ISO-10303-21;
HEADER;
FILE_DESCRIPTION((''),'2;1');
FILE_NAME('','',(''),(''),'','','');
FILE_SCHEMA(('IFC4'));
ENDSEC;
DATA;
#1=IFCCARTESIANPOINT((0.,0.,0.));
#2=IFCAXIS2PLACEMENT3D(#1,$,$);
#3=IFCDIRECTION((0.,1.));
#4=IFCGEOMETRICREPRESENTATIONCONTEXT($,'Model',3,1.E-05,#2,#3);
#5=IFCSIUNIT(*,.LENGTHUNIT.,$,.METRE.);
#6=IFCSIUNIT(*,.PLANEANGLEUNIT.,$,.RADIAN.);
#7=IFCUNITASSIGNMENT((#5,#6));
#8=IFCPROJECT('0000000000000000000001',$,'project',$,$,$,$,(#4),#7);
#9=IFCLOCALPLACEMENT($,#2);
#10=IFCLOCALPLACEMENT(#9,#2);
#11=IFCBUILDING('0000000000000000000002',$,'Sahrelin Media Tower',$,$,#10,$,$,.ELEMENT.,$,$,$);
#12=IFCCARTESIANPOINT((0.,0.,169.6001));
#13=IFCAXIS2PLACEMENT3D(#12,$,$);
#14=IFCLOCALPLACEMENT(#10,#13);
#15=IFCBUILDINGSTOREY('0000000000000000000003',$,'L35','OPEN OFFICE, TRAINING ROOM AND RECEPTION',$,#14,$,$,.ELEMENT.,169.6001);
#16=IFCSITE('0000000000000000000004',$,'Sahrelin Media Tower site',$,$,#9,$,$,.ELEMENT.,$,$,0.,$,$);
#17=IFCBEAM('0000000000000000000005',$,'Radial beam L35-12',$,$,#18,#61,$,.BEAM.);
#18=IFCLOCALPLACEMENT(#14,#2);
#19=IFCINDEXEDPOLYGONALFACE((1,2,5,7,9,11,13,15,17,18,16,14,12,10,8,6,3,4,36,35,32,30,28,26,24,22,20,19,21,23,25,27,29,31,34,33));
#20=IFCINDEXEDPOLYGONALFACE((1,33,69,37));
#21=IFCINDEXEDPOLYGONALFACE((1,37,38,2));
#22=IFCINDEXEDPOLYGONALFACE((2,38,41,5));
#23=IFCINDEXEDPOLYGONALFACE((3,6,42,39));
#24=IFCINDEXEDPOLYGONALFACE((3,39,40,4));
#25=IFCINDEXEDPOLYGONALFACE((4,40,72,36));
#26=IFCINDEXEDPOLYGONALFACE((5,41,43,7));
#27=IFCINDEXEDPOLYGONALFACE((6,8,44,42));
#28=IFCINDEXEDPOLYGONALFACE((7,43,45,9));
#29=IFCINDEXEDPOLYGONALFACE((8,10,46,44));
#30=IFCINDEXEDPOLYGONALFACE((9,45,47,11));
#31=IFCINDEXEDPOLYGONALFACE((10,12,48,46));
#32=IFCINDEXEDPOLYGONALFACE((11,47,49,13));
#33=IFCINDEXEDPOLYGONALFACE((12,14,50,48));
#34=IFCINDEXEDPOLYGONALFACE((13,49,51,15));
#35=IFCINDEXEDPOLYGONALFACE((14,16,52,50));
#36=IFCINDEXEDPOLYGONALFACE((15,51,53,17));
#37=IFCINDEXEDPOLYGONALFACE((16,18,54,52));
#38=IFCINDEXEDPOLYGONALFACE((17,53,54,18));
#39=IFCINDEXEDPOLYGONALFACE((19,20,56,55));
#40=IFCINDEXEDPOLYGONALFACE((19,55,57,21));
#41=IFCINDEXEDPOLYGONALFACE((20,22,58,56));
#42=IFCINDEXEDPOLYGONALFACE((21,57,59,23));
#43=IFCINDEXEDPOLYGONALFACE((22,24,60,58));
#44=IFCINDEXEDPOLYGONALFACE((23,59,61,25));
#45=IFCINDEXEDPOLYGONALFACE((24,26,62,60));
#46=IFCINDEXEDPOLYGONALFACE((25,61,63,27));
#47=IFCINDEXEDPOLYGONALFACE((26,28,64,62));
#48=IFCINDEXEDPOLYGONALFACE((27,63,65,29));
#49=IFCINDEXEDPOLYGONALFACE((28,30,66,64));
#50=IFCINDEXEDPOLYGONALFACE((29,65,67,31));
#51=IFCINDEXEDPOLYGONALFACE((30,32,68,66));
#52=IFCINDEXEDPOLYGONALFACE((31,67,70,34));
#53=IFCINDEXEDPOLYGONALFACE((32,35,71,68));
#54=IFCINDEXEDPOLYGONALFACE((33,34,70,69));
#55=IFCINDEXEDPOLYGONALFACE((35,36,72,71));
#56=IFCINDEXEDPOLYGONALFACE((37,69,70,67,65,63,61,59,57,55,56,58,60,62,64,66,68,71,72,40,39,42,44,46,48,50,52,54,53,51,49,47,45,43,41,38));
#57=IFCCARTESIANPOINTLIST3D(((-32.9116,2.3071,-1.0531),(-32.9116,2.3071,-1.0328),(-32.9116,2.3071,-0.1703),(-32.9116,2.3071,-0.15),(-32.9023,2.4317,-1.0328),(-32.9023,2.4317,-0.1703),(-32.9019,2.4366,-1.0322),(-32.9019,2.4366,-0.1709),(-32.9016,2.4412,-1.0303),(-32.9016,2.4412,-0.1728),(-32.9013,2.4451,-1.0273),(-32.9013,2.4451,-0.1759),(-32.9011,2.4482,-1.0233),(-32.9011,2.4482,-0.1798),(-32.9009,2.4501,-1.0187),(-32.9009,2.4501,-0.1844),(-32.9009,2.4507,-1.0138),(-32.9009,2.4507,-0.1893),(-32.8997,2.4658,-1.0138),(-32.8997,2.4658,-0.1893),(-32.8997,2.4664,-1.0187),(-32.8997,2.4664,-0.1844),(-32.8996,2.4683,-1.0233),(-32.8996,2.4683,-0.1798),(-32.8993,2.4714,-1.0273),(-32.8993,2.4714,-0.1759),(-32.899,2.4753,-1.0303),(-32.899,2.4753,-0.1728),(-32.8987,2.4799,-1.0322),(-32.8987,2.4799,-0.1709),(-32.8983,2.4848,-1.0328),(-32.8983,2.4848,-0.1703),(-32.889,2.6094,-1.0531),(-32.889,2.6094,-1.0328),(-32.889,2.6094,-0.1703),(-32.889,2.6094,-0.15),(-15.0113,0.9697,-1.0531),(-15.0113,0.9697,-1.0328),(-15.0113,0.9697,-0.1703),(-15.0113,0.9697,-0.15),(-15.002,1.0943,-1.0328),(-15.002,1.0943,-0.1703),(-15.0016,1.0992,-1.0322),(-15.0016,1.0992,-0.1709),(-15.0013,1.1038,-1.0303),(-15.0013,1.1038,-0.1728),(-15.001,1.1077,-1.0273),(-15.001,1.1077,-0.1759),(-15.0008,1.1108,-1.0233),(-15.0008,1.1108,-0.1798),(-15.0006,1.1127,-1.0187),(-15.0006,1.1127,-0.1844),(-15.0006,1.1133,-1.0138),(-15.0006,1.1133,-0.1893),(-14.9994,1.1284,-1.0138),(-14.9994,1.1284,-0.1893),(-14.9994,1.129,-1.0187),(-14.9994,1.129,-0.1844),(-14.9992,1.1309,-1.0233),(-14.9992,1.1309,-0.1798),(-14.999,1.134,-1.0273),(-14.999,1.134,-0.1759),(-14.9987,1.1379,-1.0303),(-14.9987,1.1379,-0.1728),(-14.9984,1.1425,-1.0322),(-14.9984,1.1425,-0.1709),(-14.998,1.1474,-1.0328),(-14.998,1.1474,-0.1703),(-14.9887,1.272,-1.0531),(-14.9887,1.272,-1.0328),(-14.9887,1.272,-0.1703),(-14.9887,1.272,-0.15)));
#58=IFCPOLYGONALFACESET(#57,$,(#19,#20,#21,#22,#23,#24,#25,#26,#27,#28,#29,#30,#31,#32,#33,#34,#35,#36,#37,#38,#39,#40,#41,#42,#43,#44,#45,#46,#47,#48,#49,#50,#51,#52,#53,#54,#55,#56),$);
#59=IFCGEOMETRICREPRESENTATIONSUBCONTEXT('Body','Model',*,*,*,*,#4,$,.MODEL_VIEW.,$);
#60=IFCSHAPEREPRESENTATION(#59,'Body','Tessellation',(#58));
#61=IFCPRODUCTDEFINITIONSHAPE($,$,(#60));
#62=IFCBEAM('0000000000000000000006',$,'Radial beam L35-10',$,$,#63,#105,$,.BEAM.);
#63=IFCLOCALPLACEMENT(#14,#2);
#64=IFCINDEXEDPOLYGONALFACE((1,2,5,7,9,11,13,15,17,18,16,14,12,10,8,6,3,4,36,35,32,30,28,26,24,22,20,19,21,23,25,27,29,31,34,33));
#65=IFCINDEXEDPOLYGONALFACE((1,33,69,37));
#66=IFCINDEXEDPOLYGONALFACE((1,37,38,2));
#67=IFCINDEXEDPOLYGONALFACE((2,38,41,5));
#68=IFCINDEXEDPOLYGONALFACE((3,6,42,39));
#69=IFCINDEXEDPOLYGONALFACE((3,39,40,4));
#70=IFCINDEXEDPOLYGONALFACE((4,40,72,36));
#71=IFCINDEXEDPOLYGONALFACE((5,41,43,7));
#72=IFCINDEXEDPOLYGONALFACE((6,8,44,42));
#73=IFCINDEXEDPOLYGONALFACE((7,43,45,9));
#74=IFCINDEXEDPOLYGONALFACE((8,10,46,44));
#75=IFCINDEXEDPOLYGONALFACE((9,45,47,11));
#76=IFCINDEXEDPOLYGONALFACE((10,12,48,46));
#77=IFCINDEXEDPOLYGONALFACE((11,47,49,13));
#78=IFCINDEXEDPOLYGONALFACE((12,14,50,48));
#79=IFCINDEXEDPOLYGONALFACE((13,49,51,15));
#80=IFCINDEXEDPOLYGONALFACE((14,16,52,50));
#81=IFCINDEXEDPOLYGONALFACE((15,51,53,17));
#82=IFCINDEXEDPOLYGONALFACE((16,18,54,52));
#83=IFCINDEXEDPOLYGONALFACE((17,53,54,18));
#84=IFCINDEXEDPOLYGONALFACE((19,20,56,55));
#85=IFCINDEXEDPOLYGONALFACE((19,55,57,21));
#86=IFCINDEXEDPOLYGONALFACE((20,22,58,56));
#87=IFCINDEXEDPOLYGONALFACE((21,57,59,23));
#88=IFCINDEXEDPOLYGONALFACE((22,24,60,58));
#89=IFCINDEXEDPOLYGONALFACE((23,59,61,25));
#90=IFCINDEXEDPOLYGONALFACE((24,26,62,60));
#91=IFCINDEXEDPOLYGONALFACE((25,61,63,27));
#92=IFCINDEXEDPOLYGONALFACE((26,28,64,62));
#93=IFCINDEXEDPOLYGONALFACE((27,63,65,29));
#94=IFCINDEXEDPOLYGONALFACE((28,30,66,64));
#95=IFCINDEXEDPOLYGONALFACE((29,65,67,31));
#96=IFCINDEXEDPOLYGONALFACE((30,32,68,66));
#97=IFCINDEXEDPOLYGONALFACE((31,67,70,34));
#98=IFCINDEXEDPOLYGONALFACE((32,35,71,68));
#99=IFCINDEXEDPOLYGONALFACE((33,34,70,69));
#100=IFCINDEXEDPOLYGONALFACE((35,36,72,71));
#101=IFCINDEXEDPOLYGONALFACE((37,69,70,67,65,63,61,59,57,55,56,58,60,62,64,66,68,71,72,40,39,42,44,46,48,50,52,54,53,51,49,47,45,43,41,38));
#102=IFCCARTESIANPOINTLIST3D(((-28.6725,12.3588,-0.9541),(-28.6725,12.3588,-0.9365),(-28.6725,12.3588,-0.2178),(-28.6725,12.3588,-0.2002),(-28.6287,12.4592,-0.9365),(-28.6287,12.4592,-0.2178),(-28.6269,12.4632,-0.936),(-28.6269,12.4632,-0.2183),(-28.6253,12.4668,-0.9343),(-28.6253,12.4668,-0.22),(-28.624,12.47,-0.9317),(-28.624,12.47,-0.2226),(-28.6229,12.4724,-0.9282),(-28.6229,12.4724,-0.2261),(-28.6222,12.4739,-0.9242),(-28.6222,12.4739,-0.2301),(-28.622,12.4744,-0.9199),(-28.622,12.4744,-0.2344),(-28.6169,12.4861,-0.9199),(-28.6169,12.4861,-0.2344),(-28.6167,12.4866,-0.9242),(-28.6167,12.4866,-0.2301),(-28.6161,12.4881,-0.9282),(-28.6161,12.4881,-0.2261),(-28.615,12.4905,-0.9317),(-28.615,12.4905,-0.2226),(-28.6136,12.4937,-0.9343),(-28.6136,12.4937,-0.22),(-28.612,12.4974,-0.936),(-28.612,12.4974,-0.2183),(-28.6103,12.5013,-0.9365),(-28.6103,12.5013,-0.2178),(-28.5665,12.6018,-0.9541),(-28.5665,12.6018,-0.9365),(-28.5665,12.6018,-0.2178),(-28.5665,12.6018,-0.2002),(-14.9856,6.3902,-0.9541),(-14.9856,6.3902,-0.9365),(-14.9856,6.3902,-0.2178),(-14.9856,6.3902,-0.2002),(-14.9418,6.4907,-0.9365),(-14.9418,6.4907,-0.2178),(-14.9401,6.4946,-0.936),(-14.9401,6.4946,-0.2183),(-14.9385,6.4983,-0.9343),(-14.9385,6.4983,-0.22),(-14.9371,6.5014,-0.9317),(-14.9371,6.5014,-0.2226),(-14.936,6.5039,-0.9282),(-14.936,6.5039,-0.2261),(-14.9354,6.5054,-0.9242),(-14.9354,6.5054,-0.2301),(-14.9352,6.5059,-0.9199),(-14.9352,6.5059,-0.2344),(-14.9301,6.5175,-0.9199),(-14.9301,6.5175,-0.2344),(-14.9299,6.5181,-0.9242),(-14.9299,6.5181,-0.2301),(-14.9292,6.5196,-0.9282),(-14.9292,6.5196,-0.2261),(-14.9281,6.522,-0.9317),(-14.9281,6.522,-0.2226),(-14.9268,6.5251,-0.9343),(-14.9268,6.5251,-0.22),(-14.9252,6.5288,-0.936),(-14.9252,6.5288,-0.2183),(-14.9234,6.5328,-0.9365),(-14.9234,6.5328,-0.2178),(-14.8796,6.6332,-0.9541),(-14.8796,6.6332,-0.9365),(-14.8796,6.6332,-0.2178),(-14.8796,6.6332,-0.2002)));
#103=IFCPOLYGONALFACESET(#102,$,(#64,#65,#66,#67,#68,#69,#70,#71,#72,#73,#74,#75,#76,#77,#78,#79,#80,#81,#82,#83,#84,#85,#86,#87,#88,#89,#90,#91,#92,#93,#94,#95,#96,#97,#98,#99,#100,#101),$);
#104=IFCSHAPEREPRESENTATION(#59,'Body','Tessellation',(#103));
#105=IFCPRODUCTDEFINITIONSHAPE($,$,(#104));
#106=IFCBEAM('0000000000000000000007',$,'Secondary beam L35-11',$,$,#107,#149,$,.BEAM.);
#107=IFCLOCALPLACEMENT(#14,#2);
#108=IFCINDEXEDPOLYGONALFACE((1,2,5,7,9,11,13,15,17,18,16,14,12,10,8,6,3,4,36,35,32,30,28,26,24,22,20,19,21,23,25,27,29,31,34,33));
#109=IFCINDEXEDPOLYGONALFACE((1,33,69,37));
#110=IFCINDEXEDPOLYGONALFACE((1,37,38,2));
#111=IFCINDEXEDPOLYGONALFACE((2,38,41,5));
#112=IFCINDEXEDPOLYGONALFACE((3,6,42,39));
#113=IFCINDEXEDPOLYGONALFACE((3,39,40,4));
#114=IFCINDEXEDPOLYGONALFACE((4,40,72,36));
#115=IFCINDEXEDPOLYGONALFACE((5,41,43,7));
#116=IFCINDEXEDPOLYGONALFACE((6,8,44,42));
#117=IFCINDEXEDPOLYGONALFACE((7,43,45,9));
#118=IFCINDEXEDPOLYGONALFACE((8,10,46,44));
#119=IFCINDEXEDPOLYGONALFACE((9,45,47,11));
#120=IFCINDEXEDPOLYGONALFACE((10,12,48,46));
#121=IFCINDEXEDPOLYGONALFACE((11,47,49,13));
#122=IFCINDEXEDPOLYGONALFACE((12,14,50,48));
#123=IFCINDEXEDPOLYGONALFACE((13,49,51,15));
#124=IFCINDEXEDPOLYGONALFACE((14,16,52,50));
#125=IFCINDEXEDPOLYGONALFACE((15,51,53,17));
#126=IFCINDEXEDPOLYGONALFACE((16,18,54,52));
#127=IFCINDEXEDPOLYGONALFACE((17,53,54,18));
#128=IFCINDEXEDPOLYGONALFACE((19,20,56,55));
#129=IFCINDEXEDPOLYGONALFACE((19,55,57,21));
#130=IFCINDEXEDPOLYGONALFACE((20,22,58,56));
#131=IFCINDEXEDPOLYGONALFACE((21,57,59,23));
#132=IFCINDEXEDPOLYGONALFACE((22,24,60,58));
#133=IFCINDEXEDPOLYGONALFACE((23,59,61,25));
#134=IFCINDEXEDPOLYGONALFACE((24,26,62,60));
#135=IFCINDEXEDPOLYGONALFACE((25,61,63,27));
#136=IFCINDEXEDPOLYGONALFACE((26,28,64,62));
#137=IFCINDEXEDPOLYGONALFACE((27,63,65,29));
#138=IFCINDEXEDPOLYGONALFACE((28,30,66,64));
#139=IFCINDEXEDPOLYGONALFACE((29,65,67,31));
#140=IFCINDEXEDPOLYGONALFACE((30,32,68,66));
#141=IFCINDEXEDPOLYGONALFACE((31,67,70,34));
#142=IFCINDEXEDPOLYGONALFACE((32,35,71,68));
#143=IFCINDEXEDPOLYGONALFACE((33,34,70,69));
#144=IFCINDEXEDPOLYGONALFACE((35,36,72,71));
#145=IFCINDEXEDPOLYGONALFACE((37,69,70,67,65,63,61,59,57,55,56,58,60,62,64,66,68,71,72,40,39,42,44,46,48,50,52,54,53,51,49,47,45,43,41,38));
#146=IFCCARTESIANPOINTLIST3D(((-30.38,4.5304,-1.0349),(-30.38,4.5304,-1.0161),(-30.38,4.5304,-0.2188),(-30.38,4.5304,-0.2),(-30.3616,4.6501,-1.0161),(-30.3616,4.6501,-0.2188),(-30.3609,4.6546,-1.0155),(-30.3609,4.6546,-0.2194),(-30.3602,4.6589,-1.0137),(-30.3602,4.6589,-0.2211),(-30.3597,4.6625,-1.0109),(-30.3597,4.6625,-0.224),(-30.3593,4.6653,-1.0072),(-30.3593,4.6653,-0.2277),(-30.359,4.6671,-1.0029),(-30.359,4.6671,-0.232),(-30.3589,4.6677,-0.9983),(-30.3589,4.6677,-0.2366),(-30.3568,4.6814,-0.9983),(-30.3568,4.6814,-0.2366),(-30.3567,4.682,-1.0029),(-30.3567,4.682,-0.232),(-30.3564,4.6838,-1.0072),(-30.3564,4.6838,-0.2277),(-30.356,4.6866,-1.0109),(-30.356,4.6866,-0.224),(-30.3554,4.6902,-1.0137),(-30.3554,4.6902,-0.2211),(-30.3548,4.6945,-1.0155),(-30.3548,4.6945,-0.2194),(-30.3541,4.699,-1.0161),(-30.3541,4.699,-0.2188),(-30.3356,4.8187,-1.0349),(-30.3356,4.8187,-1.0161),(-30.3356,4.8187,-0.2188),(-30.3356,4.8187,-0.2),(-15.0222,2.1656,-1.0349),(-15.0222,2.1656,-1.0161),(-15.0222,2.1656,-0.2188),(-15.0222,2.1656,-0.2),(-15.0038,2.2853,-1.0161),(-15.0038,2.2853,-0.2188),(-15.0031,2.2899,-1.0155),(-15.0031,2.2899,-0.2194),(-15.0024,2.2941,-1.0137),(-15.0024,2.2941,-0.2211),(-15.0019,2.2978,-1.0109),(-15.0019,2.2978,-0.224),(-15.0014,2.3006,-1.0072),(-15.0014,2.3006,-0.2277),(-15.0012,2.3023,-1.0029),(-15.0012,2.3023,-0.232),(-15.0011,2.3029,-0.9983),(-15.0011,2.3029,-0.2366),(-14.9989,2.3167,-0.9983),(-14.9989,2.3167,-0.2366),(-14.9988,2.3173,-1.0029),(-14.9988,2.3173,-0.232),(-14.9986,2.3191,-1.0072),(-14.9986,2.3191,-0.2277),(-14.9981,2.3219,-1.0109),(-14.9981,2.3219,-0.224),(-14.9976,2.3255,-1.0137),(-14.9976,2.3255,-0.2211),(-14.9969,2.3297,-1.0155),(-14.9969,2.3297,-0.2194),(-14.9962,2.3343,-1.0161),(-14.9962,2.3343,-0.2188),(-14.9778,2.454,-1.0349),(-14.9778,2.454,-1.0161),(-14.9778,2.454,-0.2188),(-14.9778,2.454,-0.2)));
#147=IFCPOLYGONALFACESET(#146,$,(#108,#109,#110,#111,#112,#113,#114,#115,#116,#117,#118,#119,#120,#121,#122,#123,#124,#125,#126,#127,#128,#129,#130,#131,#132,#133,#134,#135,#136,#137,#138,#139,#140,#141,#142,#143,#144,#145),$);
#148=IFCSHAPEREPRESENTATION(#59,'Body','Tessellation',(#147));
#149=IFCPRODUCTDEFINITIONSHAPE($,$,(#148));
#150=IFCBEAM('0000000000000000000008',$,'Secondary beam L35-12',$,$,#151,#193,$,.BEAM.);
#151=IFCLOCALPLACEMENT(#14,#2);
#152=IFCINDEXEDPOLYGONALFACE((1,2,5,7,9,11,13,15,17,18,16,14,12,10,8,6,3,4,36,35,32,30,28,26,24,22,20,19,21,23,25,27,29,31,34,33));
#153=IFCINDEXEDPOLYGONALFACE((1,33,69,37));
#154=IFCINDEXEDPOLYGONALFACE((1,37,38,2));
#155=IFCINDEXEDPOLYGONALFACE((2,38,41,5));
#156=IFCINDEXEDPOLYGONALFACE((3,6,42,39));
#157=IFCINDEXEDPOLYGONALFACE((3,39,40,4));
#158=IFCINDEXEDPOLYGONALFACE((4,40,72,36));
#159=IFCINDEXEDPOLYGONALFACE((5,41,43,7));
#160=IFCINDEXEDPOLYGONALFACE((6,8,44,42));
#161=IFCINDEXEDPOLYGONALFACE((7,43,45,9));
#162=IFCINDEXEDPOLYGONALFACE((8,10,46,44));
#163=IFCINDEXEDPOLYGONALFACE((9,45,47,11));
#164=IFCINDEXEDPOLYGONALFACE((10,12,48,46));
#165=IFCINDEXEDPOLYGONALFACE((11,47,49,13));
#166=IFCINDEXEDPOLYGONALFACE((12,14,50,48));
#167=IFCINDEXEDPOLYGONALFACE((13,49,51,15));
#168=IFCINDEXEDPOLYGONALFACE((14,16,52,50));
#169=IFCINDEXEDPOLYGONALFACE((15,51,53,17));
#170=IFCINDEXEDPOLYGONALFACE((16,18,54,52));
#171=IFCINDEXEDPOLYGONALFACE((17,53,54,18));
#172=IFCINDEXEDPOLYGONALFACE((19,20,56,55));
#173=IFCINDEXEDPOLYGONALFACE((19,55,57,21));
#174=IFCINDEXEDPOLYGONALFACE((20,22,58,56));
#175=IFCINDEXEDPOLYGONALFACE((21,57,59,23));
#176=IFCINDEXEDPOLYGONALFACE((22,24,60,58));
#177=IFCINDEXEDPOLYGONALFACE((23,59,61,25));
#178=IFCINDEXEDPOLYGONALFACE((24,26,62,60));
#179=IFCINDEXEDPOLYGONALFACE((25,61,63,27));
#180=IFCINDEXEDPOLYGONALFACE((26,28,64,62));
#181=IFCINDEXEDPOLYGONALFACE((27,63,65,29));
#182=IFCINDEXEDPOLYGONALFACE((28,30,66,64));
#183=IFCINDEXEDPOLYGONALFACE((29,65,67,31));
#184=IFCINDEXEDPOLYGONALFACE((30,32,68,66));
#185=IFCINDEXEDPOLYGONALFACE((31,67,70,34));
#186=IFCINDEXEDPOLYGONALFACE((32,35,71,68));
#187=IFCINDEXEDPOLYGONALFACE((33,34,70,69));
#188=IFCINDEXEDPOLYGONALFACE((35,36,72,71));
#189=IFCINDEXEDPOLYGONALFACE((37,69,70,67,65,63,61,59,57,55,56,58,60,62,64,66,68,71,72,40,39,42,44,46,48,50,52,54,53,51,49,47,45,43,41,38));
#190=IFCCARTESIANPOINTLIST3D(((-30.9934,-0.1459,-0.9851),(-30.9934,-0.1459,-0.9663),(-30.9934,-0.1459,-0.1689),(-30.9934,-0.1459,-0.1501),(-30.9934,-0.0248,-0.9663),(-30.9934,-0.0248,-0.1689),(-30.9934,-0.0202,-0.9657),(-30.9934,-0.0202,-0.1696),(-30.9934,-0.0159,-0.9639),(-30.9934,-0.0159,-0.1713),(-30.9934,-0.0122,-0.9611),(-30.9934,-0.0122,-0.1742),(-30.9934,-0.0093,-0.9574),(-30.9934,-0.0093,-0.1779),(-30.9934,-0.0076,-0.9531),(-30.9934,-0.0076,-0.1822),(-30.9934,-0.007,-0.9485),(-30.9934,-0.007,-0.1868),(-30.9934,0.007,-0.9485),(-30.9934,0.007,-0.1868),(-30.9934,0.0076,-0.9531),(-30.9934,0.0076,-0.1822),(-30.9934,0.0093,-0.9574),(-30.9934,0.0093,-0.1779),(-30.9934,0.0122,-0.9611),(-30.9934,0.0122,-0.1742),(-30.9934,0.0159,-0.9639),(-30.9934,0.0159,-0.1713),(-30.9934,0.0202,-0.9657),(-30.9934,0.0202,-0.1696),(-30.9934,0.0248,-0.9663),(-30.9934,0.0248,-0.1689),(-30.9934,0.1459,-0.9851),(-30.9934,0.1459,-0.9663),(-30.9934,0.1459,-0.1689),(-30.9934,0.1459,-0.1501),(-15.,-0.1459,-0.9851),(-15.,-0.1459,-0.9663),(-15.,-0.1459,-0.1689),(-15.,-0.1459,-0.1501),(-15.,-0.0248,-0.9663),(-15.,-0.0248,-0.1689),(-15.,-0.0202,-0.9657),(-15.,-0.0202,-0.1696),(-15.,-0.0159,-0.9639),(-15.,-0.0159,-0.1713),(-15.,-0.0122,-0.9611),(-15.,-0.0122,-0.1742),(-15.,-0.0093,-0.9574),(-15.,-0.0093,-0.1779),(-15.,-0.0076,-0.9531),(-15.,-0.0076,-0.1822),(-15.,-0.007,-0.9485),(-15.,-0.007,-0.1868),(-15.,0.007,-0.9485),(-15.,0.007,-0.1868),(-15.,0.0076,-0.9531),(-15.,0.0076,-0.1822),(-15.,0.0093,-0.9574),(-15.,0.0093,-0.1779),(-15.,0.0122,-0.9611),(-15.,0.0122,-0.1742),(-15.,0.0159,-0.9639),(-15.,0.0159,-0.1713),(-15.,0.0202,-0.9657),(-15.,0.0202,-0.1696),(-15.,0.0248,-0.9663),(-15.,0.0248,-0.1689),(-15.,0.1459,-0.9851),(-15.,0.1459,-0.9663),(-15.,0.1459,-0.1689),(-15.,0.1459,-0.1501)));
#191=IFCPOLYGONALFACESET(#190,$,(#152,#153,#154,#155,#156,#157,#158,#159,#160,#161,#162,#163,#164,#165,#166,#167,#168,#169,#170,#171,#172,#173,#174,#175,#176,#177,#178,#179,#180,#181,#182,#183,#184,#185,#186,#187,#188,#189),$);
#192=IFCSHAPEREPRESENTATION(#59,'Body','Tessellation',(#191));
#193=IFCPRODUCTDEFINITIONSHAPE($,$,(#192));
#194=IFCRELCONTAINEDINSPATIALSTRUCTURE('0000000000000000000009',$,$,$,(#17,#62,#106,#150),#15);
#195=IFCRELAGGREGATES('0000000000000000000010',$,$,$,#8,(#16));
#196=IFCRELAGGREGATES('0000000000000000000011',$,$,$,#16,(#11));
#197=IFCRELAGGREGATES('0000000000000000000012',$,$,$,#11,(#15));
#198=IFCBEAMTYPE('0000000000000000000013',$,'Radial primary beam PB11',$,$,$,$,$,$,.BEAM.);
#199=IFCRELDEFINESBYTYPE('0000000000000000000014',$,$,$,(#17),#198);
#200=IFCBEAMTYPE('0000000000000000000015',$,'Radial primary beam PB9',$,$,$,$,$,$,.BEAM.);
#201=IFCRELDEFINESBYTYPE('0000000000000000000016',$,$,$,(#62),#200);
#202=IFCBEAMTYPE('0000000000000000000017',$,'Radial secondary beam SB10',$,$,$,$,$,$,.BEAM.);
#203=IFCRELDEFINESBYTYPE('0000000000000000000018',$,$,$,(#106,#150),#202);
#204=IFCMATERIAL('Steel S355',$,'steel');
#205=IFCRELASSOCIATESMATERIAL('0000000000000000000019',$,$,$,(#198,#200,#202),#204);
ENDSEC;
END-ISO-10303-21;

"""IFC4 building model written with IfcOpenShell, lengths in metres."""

from ifc_helpers import new_model, si_unit, direction, frame, origin, origin_2d, place, context, subcontext, project, spatial, i_section, extrude, material, material_profile, profile_set, type_object, element, save


model = new_model("IFC4")

# Units and contexts
model_context = context("Model", 3, precision=1e-05, world=origin(), true_north=direction((0.0, 1.0)))
body_context = subcontext(model_context, "Body", "Model", "MODEL_VIEW")
ifc_project = project(units=[si_unit("LENGTHUNIT", "METRE"), si_unit("PLANEANGLEUNIT", "RADIAN")], contexts=[model_context])

# Site, building, storey
site_placement = place(None, origin())
site = spatial("IfcSite", under=ifc_project, at=site_placement, Name="Sahrelin Media Tower site", CompositionType="ELEMENT", RefElevation=0.0)
building_placement = place(site_placement, origin())
building = spatial("IfcBuilding", under=site, at=building_placement, Name="Sahrelin Media Tower", CompositionType="ELEMENT")
storey_placement = place(building_placement, frame((0.0, 0.0, 169.6001)))
storey = spatial("IfcBuildingStorey", under=building, at=storey_placement, Name="L35", Description="OPEN OFFICE, TRAINING ROOM AND RECEPTION", CompositionType="ELEMENT", Elevation=169.6001)

# Shared definitions
ifc_material_1 = material(Name="Steel S355", Category="steel")

# Beams
ifc_material_profile_1 = material_profile(ifc_material_1, i_section(OverallWidth=0.3032, OverallDepth=0.9031, WebThickness=0.0151, FlangeThickness=0.0203, FilletRadius=0.019, at=origin_2d()), Name="UB 914x305x201")
ifc_profile_set_1 = profile_set([ifc_material_profile_1], Name="Steel S355")
beam_type_1 = type_object("IfcBeamType", Name="Radial primary beam PB11", PredefinedType="BEAM", material=ifc_profile_set_1)
beam_1_placement = place(storey_placement, frame((-15.0, 1.1208, -0.6016), z_axis=(-0.997221, 0.074506, 0.0), x_axis=(-0.074506, -0.997221, 0.0)))
element("IfcBeam", 1, at=beam_1_placement, inside=storey, type_object=beam_type_1, Name="Radial beam L35-12", PredefinedType="BEAM", context=body_context, shape_type="SweptSolid", body=[
    extrude(i_section(OverallWidth=0.3032, OverallDepth=0.9031, WebThickness=0.0151, FlangeThickness=0.0203, FilletRadius=0.019, at=origin_2d()), origin(), (0.0, 0.0, 1.0), 17.9502),
])
ifc_material_profile_2 = material_profile(ifc_material_1, i_section(OverallWidth=0.2651, OverallDepth=0.7539, WebThickness=0.0127, FlangeThickness=0.0176, FilletRadius=0.0166, at=origin_2d()), Name="UB 762x267x147")
ifc_profile_set_2 = profile_set([ifc_material_profile_2], Name="Steel S355")
beam_type_2 = type_object("IfcBeamType", Name="Radial primary beam PB9", PredefinedType="BEAM", material=ifc_profile_set_2)
beam_2_placement = place(storey_placement, frame((-14.9326, 6.5117, -0.5771), z_axis=(-0.916635, 0.399725, 0.0), x_axis=(-0.399725, -0.916635, 0.0)))
element("IfcBeam", 2, at=beam_2_placement, inside=storey, type_object=beam_type_2, Name="Radial beam L35-10", PredefinedType="BEAM", context=body_context, shape_type="SweptSolid", body=[
    extrude(i_section(OverallWidth=0.2651, OverallDepth=0.7539, WebThickness=0.0127, FlangeThickness=0.0176, FilletRadius=0.0166, at=origin_2d()), origin(), (0.0, 0.0, 1.0), 14.9316),
])
ifc_material_profile_3 = material_profile(ifc_material_1, i_section(OverallWidth=0.2917, OverallDepth=0.835, WebThickness=0.0139, FlangeThickness=0.0188, FilletRadius=0.0178, at=origin_2d()), Name="UB 838x292x176")
ifc_profile_set_3 = profile_set([ifc_material_profile_3], Name="Steel S355")
beam_type_3 = type_object("IfcBeamType", Name="Radial secondary beam SB10", PredefinedType="BEAM", material=ifc_profile_set_3)
beam_3_placement = place(storey_placement, frame((-15.0, 2.3098, -0.6174), z_axis=(-0.988352, 0.152182, 0.0), x_axis=(-0.152182, -0.988352, 0.0)))
element("IfcBeam", 3, at=beam_3_placement, inside=storey, type_object=beam_type_3, Name="Secondary beam L35-11", PredefinedType="BEAM", context=body_context, shape_type="SweptSolid", body=[
    extrude(i_section(OverallWidth=0.2917, OverallDepth=0.835, WebThickness=0.0139, FlangeThickness=0.0188, FilletRadius=0.0178, at=origin_2d()), origin(), (0.0, 0.0, 1.0), 15.5388),
])
beam_4_placement = place(storey_placement, frame((-15.0, 0.0, -0.5676), z_axis=(-1.0, 0.0, 0.0), x_axis=(0.0, -1.0, 0.0)))
element("IfcBeam", 4, at=beam_4_placement, inside=storey, type_object=beam_type_3, Name="Secondary beam L35-12", PredefinedType="BEAM", context=body_context, shape_type="SweptSolid", body=[
    extrude(i_section(OverallWidth=0.2917, OverallDepth=0.835, WebThickness=0.0139, FlangeThickness=0.0188, FilletRadius=0.0178, at=origin_2d()), origin(), (0.0, 0.0, 1.0), 15.9934),
])

save(model, "model.ifc")
